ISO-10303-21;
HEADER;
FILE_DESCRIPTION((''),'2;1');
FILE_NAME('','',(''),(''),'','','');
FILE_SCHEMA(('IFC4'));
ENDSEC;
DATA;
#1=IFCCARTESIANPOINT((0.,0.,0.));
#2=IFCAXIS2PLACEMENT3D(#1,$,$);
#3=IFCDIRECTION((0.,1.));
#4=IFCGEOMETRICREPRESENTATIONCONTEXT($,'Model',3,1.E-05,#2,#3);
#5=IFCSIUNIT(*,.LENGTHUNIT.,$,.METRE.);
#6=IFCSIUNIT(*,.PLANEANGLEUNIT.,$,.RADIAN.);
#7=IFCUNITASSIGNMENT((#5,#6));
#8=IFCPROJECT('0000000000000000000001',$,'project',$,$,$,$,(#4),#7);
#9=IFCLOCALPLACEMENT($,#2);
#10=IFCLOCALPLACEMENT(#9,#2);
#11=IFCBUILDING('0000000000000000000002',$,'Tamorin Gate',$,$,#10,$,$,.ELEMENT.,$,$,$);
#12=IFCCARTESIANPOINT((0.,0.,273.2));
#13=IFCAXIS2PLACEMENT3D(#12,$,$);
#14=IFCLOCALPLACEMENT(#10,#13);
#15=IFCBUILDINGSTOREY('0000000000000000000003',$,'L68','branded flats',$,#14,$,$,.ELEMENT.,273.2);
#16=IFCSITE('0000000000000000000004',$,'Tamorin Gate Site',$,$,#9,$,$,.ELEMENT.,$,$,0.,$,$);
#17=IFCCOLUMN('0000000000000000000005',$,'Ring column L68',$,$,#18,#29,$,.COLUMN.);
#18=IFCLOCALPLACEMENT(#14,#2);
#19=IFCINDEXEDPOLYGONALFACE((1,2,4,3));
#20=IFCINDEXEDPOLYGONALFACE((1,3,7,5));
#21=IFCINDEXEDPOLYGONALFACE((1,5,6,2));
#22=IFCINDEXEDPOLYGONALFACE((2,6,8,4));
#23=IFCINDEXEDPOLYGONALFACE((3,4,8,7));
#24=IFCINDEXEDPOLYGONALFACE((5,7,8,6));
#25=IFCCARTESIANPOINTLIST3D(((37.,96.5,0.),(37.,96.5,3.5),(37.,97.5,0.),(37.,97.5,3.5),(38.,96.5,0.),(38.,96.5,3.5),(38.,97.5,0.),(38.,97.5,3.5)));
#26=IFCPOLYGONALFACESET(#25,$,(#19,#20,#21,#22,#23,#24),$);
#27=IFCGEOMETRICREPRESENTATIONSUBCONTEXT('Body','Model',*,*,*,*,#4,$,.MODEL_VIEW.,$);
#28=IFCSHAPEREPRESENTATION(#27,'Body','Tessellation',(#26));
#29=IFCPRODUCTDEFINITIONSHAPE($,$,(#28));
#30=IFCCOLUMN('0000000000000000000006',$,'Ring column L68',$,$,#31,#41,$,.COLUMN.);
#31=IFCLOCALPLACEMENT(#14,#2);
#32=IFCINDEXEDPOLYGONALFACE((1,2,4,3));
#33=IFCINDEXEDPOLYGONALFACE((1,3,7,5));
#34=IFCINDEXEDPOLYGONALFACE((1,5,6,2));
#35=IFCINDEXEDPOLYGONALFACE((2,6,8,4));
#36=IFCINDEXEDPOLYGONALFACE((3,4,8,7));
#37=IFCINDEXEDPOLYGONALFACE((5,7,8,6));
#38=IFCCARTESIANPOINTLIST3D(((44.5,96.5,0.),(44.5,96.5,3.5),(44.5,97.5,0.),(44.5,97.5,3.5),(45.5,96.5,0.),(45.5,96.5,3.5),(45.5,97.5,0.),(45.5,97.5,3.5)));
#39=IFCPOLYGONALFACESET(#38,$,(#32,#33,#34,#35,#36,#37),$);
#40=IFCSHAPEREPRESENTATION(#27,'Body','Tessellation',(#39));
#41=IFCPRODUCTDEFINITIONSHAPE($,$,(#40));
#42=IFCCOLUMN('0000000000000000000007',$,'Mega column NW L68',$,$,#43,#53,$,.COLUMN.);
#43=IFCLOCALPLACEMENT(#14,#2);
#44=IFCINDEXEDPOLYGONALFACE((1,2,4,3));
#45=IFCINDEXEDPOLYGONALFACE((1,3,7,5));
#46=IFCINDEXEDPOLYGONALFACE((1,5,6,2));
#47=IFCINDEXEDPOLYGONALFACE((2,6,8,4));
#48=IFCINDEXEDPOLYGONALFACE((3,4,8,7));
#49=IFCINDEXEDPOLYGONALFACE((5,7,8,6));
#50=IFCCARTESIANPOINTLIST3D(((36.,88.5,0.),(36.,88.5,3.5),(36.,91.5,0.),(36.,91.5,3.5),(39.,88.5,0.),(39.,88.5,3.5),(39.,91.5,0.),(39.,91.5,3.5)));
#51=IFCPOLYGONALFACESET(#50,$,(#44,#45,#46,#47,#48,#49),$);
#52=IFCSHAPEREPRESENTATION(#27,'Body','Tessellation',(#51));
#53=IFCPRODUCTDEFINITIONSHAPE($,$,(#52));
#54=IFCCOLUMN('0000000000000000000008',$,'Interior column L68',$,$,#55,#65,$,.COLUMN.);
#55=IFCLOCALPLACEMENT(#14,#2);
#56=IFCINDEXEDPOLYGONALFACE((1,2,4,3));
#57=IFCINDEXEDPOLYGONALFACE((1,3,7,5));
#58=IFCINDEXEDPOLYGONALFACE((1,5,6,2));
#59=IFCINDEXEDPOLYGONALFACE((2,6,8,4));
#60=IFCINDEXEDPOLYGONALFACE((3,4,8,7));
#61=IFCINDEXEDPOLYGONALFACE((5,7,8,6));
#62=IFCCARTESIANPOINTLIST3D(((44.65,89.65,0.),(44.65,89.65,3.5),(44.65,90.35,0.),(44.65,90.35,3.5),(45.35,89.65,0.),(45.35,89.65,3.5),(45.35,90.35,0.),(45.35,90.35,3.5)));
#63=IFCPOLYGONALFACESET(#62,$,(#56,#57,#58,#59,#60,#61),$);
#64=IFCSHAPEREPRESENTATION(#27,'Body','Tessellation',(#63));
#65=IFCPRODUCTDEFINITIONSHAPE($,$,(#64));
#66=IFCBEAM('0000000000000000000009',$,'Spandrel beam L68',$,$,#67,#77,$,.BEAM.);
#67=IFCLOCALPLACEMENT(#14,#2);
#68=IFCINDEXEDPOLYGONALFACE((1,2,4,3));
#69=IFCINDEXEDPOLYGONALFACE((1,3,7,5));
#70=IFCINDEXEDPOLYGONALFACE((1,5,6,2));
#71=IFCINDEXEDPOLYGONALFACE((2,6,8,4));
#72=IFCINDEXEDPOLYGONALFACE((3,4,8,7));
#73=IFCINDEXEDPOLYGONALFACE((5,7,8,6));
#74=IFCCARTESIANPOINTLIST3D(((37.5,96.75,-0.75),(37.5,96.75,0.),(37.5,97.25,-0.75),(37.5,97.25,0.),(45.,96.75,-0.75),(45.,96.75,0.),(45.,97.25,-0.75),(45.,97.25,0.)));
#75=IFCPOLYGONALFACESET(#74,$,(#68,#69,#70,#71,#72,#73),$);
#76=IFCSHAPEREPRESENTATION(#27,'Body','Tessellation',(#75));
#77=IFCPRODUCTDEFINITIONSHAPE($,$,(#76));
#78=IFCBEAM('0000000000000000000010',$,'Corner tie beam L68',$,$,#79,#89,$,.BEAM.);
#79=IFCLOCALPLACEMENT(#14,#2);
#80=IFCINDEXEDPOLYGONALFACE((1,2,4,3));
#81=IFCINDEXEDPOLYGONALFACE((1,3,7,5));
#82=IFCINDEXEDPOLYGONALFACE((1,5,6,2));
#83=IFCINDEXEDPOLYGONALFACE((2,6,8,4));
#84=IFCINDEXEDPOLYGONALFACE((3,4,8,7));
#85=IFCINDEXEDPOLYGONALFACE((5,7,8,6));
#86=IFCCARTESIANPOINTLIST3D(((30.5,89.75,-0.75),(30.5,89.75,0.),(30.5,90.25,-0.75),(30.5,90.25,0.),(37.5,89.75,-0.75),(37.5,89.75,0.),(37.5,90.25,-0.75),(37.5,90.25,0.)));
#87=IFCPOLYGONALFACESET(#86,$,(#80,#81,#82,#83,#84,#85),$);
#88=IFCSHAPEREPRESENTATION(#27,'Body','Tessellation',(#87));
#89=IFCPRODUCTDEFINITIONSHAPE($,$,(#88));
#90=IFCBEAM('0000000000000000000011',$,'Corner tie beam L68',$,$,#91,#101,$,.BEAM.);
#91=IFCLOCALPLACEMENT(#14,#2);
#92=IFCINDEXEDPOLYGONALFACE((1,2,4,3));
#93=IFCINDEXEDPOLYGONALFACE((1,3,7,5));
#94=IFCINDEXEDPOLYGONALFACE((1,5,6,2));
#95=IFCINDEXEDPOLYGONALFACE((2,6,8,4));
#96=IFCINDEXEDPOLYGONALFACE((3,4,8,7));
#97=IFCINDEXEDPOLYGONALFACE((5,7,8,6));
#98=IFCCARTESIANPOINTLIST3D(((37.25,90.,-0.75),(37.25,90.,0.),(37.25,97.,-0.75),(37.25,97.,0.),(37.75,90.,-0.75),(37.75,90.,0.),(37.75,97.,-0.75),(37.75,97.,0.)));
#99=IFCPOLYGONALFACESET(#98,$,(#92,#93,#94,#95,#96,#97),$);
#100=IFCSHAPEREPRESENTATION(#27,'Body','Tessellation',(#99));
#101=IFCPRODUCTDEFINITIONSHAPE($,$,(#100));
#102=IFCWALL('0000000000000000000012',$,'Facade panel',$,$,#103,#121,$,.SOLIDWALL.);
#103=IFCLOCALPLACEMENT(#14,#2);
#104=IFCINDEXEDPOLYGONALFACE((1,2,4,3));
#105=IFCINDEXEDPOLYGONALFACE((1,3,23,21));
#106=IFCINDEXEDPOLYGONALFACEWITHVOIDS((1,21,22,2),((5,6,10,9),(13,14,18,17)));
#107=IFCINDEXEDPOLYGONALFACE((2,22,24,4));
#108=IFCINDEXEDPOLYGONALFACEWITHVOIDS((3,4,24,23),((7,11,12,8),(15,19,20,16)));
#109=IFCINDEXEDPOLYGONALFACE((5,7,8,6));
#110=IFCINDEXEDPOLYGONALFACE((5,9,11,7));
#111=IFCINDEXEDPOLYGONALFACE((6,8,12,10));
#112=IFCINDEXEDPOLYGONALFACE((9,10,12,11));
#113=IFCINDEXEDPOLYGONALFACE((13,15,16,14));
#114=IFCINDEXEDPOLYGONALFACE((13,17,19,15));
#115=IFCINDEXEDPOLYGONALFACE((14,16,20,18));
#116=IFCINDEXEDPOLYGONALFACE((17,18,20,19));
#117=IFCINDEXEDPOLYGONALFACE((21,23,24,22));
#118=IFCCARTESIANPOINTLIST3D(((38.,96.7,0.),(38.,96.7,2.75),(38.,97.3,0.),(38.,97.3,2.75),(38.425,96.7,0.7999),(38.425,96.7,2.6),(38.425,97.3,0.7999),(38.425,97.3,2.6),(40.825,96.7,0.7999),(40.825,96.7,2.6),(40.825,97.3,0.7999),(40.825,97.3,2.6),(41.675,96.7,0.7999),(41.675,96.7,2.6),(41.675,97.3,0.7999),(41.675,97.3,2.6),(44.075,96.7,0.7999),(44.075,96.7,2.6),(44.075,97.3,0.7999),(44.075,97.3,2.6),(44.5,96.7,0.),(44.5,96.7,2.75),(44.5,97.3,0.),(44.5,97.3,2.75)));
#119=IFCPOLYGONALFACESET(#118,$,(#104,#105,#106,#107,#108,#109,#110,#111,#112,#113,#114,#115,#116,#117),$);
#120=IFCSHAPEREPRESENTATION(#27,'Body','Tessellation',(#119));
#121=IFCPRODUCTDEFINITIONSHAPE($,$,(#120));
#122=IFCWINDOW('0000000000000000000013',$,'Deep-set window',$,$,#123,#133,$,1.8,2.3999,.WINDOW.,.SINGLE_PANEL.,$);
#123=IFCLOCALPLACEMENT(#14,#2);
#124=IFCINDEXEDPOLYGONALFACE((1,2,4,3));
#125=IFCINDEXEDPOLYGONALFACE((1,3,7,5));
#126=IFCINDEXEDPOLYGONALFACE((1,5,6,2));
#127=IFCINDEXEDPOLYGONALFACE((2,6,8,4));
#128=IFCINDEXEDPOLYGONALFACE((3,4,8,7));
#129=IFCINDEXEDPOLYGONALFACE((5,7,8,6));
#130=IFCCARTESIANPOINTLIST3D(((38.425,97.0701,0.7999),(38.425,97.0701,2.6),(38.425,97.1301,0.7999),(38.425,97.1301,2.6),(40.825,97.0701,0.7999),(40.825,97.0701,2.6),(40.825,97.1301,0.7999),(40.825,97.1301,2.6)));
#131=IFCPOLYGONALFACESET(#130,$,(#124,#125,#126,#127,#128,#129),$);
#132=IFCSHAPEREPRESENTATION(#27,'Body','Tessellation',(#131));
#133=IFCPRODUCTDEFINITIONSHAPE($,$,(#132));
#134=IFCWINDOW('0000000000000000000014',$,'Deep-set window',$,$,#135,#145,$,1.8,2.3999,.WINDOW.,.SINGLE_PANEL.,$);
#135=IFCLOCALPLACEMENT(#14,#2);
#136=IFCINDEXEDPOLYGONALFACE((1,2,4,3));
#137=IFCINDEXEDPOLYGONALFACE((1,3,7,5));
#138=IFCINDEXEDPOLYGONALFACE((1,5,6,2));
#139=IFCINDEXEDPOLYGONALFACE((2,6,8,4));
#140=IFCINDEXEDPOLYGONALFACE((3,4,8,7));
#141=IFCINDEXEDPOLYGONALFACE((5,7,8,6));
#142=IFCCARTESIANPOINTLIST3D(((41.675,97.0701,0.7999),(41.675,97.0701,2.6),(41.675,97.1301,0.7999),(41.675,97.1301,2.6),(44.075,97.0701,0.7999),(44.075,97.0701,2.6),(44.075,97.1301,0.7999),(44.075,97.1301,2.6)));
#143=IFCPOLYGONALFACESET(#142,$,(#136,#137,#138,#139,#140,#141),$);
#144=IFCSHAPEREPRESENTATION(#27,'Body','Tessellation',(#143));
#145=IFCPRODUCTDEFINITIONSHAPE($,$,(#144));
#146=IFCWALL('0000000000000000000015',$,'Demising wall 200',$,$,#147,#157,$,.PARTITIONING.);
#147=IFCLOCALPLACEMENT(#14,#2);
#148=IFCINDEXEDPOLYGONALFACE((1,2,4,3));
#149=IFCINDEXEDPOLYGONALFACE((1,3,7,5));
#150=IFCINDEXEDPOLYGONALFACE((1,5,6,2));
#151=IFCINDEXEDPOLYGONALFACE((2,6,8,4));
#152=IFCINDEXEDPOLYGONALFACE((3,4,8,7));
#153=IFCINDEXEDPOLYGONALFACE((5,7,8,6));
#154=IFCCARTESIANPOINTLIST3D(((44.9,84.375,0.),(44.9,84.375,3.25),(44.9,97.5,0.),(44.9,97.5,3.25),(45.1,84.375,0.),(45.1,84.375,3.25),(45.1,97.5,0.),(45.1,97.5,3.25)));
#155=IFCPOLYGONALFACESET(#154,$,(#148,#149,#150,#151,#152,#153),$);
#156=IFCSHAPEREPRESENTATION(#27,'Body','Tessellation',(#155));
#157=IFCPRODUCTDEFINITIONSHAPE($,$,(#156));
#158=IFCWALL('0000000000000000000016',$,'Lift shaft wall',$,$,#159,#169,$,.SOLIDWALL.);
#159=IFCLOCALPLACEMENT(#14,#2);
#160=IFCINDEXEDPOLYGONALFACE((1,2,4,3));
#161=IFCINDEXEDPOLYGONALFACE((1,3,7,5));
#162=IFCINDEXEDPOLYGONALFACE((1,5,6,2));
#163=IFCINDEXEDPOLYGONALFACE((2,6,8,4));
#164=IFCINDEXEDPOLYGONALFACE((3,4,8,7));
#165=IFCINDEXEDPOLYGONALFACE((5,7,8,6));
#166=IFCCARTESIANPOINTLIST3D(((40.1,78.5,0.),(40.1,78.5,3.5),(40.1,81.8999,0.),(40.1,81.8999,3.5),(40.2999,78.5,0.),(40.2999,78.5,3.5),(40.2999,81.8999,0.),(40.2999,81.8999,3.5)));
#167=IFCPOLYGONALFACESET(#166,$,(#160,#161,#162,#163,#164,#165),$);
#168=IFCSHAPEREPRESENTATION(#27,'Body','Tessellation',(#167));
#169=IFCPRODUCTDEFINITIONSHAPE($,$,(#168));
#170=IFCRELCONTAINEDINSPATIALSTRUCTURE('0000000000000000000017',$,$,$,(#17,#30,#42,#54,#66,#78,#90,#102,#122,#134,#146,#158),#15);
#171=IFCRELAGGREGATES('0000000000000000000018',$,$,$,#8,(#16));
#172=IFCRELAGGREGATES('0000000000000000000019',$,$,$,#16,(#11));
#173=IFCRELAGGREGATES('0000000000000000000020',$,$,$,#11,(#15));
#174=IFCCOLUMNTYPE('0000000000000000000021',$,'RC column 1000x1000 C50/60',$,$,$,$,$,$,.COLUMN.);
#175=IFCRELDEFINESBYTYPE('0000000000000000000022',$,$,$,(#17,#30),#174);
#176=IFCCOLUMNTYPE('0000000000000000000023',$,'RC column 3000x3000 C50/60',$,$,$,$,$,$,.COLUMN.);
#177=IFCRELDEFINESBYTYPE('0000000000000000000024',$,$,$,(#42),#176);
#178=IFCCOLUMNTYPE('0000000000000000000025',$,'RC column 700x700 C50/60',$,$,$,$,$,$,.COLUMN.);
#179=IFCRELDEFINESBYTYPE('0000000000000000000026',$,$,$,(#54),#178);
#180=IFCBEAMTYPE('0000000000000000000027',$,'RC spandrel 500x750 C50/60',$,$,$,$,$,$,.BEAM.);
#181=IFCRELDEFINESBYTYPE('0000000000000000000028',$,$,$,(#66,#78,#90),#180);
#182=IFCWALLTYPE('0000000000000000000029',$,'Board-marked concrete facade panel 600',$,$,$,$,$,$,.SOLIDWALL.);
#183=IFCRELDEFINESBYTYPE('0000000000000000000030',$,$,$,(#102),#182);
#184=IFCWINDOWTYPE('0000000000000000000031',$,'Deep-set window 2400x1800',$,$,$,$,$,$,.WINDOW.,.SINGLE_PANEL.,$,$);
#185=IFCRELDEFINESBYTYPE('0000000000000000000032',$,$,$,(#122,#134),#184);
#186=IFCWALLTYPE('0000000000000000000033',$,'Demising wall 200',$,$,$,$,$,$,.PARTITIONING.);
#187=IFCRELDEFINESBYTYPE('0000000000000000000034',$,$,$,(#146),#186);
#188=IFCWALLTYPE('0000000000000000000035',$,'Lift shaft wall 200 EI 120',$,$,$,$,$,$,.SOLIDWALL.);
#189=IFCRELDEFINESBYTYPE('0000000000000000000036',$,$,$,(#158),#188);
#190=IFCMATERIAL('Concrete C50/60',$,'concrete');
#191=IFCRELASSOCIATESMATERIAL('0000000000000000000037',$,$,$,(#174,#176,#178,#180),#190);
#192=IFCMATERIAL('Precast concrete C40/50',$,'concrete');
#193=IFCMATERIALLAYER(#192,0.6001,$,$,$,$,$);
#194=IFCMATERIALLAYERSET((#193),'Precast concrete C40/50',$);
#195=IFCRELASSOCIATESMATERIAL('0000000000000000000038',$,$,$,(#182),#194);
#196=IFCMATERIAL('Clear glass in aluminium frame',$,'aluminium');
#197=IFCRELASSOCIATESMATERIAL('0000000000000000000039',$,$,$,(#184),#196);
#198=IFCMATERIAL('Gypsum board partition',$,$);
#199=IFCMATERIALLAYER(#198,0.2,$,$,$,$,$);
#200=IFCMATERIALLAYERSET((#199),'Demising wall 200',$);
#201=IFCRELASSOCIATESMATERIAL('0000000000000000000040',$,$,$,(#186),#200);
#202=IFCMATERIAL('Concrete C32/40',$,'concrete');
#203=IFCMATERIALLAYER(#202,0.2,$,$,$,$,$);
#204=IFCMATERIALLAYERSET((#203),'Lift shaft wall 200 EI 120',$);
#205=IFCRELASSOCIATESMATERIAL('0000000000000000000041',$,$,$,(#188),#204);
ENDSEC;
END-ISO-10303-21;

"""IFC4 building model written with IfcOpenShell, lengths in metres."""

from ifc_helpers import new_model, si_unit, direction, frame, frame_2d, origin, origin_2d, place, context, subcontext, project, spatial, rectangle, extrude, material, layer, layer_set, material_profile, profile_set, type_object, element, fill, save


model = new_model("IFC4")

# Units and contexts
model_context = context("Model", 3, precision=1e-05, world=origin(), true_north=direction((0.0, 1.0)))
body_context = subcontext(model_context, "Body", "Model", "MODEL_VIEW")
ifc_project = project(units=[si_unit("LENGTHUNIT", "METRE"), si_unit("PLANEANGLEUNIT", "RADIAN")], contexts=[model_context])

# Site, building, storey
site_placement = place(None, origin())
site = spatial("IfcSite", under=ifc_project, at=site_placement, Name="Tamorin Gate Site", CompositionType="ELEMENT", RefElevation=0.0)
building_placement = place(site_placement, origin())
building = spatial("IfcBuilding", under=site, at=building_placement, Name="Tamorin Gate", CompositionType="ELEMENT")
storey_placement = place(building_placement, frame((0.0, 0.0, 273.2)))
storey = spatial("IfcBuildingStorey", under=building, at=storey_placement, Name="L68", Description="branded flats", CompositionType="ELEMENT", Elevation=273.2)

# Columns
ifc_material_1 = material(Name="Concrete C50/60", Category="concrete")
ifc_material_profile_1 = material_profile(ifc_material_1, rectangle(XDim=1.0, YDim=1.0, at=origin_2d()), Name="RC 1000x1000")
ifc_profile_set_1 = profile_set([ifc_material_profile_1], Name="Concrete C50/60")
column_type_1 = type_object("IfcColumnType", Name="RC column 1000x1000 C50/60", PredefinedType="COLUMN", material=ifc_profile_set_1)
for number, where, z_axis, x_axis, name in (
    (1, (37.5, 97.0, 0.0), (0.0, 0.0, 1.0), (1.0, 0.0, 0.0), "Ring column L68"),
    (2, (45.0, 97.0, 0.0), (0.0, 0.0, 1.0), (1.0, 0.0, 0.0), "Ring column L68"),
):
    element("IfcColumn", number, at=place(storey_placement, frame(where, z_axis=z_axis, x_axis=x_axis)), inside=storey, type_object=column_type_1, Name=name, PredefinedType="COLUMN", context=body_context, shape_type="SweptSolid", body=[
        extrude(rectangle(XDim=1.0, YDim=1.0, at=origin_2d()), origin(), (0.0, 0.0, 1.0), 3.5),
    ])
ifc_material_profile_2 = material_profile(ifc_material_1, rectangle(XDim=3.0, YDim=3.0, at=origin_2d()), Name="RC 3000x3000")
ifc_profile_set_2 = profile_set([ifc_material_profile_2], Name="Concrete C50/60")
column_type_2 = type_object("IfcColumnType", Name="RC column 3000x3000 C50/60", PredefinedType="COLUMN", material=ifc_profile_set_2)
column_1_placement = place(storey_placement, frame((37.5, 90.0, 0.0), z_axis=(0.0, 0.0, 1.0), x_axis=(1.0, 0.0, 0.0)))
element("IfcColumn", 3, at=column_1_placement, inside=storey, type_object=column_type_2, Name="Mega column NW L68", PredefinedType="COLUMN", context=body_context, shape_type="SweptSolid", body=[
    extrude(rectangle(XDim=3.0, YDim=3.0, at=origin_2d()), origin(), (0.0, 0.0, 1.0), 3.5),
])
ifc_material_profile_3 = material_profile(ifc_material_1, rectangle(XDim=0.7, YDim=0.7, at=origin_2d()), Name="RC 700x700")
ifc_profile_set_3 = profile_set([ifc_material_profile_3], Name="Concrete C50/60")
column_type_3 = type_object("IfcColumnType", Name="RC column 700x700 C50/60", PredefinedType="COLUMN", material=ifc_profile_set_3)
column_2_placement = place(storey_placement, frame((45.0, 90.0, 0.0), z_axis=(0.0, 0.0, 1.0), x_axis=(1.0, 0.0, 0.0)))
element("IfcColumn", 4, at=column_2_placement, inside=storey, type_object=column_type_3, Name="Interior column L68", PredefinedType="COLUMN", context=body_context, shape_type="SweptSolid", body=[
    extrude(rectangle(XDim=0.7, YDim=0.7, at=origin_2d()), origin(), (0.0, 0.0, 1.0), 3.5),
])

# Beams
ifc_material_profile_4 = material_profile(ifc_material_1, rectangle(XDim=0.5, YDim=0.75, at=origin_2d()), Name="RC 500x750")
ifc_profile_set_4 = profile_set([ifc_material_profile_4], Name="Concrete C50/60")
beam_type = type_object("IfcBeamType", Name="RC spandrel 500x750 C50/60", PredefinedType="BEAM", material=ifc_profile_set_4)
beam_placement = place(storey_placement, frame((45.0, 97.0, -0.375), z_axis=(-1.0, 0.0, 0.0), x_axis=(0.0, -1.0, 0.0)))
element("IfcBeam", 5, at=beam_placement, inside=storey, type_object=beam_type, Name="Spandrel beam L68", PredefinedType="BEAM", context=body_context, shape_type="SweptSolid", body=[
    extrude(rectangle(XDim=0.5, YDim=0.75, at=origin_2d()), origin(), (0.0, 0.0, 1.0), 7.5),
])
for number, where, z_axis, x_axis, name in (
    (6, (37.5, 90.0, -0.375), (-1.0, 0.0, 0.0), (0.0, -1.0, 0.0), "Corner tie beam L68"),
    (7, (37.5, 90.0, -0.375), (0.0, 1.0, 0.0), (-1.0, 0.0, 0.0), "Corner tie beam L68"),
):
    element("IfcBeam", number, at=place(storey_placement, frame(where, z_axis=z_axis, x_axis=x_axis)), inside=storey, type_object=beam_type, Name=name, PredefinedType="BEAM", context=body_context, shape_type="SweptSolid", body=[
        extrude(rectangle(XDim=0.5, YDim=0.75, at=origin_2d()), origin(), (0.0, 0.0, 1.0), 7.0),
    ])

# Wall, openings, windows
ifc_material_2 = material(Name="Precast concrete C40/50", Category="concrete")
ifc_layer_1 = layer(ifc_material_2, 0.6001)
ifc_layer_set_1 = layer_set([ifc_layer_1], Name="Precast concrete C40/50")
wall_type_1 = type_object("IfcWallType", Name="Board-marked concrete facade panel 600", PredefinedType="SOLIDWALL", material=ifc_layer_set_1)
wall_1_placement = place(storey_placement, frame((44.5, 97.0, 0.0), z_axis=(0.0, 0.0, 1.0), x_axis=(-1.0, 0.0, 0.0)))
wall_1 = element("IfcWall", 8, at=wall_1_placement, inside=storey, type_object=wall_type_1, Name="Facade panel", PredefinedType="SOLIDWALL", context=body_context, shape_type="SweptSolid", body=[
    extrude(rectangle(XDim=6.5, YDim=0.6001, at=frame_2d((3.25, 0.0))), origin(), (0.0, 0.0, 1.0), 2.75),
])
opening_1_placement = place(wall_1_placement, frame((3.675, 0.0, 0.8)))
opening_1 = element("IfcOpeningElement", 9, at=opening_1_placement, cuts=wall_1, PredefinedType="OPENING", context=body_context, shape_type="SweptSolid", body=[
    extrude(rectangle(XDim=2.3999, YDim=1.8, at=frame_2d((1.2, 0.8999))), frame((0.0, 0.3101, 0.0), z_axis=(0.0, -1.0, 0.0), x_axis=(1.0, 0.0, 0.0)), (0.0, 0.0, 1.0), 0.6201),
])
opening_2_placement = place(wall_1_placement, frame((0.425, 0.0, 0.8)))
opening_2 = element("IfcOpeningElement", 10, at=opening_2_placement, cuts=wall_1, PredefinedType="OPENING", context=body_context, shape_type="SweptSolid", body=[
    extrude(rectangle(XDim=2.3999, YDim=1.8, at=frame_2d((1.2, 0.8999))), frame((0.0, 0.3101, 0.0), z_axis=(0.0, -1.0, 0.0), x_axis=(1.0, 0.0, 0.0)), (0.0, 0.0, 1.0), 0.6201),
])
ifc_material_3 = material(Name="Clear glass in aluminium frame", Category="aluminium")
window_type = type_object("IfcWindowType", Name="Deep-set window 2400x1800", PartitioningType="SINGLE_PANEL", PredefinedType="WINDOW", material=ifc_material_3)
window_1_placement = place(opening_1_placement, origin())
window_1 = element("IfcWindow", 11, at=window_1_placement, inside=storey, type_object=window_type, Name="Deep-set window", OverallHeight=1.8, OverallWidth=2.3999, PartitioningType="SINGLE_PANEL", PredefinedType="WINDOW", context=body_context, shape_type="SweptSolid", body=[
    extrude(rectangle(XDim=2.3999, YDim=1.8, at=frame_2d((1.2, 0.8999))), frame((0.0, -0.0701, 0.0), z_axis=(0.0, -1.0, 0.0), x_axis=(1.0, 0.0, 0.0)), (0.0, 0.0, 1.0), 0.0601),
])
fill(opening_1, window_1)
window_2_placement = place(opening_2_placement, origin())
window_2 = element("IfcWindow", 12, at=window_2_placement, inside=storey, type_object=window_type, Name="Deep-set window", OverallHeight=1.8, OverallWidth=2.3999, PartitioningType="SINGLE_PANEL", PredefinedType="WINDOW", context=body_context, shape_type="SweptSolid", body=[
    extrude(rectangle(XDim=2.3999, YDim=1.8, at=frame_2d((1.2, 0.8999))), frame((0.0, -0.0701, 0.0), z_axis=(0.0, -1.0, 0.0), x_axis=(1.0, 0.0, 0.0)), (0.0, 0.0, 1.0), 0.0601),
])
fill(opening_2, window_2)

# Walls
ifc_material_4 = material(Name="Gypsum board partition")
ifc_layer_2 = layer(ifc_material_4, 0.2)
ifc_layer_set_2 = layer_set([ifc_layer_2], Name="Demising wall 200")
wall_type_2 = type_object("IfcWallType", Name="Demising wall 200", PredefinedType="PARTITIONING", material=ifc_layer_set_2)
wall_2_placement = place(storey_placement, frame((45.0, 84.375, 0.0), z_axis=(0.0, 0.0, 1.0), x_axis=(0.0, 1.0, 0.0)))
element("IfcWall", 13, at=wall_2_placement, inside=storey, type_object=wall_type_2, Name="Demising wall 200", PredefinedType="PARTITIONING", context=body_context, shape_type="SweptSolid", body=[
    extrude(rectangle(XDim=13.125, YDim=0.2, at=frame_2d((6.5625, 0.0))), origin(), (0.0, 0.0, 1.0), 3.25),
])
ifc_material_5 = material(Name="Concrete C32/40", Category="concrete")
ifc_layer_3 = layer(ifc_material_5, 0.2)
ifc_layer_set_3 = layer_set([ifc_layer_3], Name="Lift shaft wall 200 EI 120")
wall_type_3 = type_object("IfcWallType", Name="Lift shaft wall 200 EI 120", PredefinedType="SOLIDWALL", material=ifc_layer_set_3)
wall_3_placement = place(storey_placement, frame((40.2, 78.5, 0.0), z_axis=(0.0, 0.0, 1.0), x_axis=(0.0, 1.0, 0.0)))
element("IfcWall", 14, at=wall_3_placement, inside=storey, type_object=wall_type_3, Name="Lift shaft wall", PredefinedType="SOLIDWALL", context=body_context, shape_type="SweptSolid", body=[
    extrude(rectangle(XDim=3.3999, YDim=0.2, at=frame_2d((1.7, 0.0))), origin(), (0.0, 0.0, 1.0), 3.5),
])

save(model, "model.ifc")
